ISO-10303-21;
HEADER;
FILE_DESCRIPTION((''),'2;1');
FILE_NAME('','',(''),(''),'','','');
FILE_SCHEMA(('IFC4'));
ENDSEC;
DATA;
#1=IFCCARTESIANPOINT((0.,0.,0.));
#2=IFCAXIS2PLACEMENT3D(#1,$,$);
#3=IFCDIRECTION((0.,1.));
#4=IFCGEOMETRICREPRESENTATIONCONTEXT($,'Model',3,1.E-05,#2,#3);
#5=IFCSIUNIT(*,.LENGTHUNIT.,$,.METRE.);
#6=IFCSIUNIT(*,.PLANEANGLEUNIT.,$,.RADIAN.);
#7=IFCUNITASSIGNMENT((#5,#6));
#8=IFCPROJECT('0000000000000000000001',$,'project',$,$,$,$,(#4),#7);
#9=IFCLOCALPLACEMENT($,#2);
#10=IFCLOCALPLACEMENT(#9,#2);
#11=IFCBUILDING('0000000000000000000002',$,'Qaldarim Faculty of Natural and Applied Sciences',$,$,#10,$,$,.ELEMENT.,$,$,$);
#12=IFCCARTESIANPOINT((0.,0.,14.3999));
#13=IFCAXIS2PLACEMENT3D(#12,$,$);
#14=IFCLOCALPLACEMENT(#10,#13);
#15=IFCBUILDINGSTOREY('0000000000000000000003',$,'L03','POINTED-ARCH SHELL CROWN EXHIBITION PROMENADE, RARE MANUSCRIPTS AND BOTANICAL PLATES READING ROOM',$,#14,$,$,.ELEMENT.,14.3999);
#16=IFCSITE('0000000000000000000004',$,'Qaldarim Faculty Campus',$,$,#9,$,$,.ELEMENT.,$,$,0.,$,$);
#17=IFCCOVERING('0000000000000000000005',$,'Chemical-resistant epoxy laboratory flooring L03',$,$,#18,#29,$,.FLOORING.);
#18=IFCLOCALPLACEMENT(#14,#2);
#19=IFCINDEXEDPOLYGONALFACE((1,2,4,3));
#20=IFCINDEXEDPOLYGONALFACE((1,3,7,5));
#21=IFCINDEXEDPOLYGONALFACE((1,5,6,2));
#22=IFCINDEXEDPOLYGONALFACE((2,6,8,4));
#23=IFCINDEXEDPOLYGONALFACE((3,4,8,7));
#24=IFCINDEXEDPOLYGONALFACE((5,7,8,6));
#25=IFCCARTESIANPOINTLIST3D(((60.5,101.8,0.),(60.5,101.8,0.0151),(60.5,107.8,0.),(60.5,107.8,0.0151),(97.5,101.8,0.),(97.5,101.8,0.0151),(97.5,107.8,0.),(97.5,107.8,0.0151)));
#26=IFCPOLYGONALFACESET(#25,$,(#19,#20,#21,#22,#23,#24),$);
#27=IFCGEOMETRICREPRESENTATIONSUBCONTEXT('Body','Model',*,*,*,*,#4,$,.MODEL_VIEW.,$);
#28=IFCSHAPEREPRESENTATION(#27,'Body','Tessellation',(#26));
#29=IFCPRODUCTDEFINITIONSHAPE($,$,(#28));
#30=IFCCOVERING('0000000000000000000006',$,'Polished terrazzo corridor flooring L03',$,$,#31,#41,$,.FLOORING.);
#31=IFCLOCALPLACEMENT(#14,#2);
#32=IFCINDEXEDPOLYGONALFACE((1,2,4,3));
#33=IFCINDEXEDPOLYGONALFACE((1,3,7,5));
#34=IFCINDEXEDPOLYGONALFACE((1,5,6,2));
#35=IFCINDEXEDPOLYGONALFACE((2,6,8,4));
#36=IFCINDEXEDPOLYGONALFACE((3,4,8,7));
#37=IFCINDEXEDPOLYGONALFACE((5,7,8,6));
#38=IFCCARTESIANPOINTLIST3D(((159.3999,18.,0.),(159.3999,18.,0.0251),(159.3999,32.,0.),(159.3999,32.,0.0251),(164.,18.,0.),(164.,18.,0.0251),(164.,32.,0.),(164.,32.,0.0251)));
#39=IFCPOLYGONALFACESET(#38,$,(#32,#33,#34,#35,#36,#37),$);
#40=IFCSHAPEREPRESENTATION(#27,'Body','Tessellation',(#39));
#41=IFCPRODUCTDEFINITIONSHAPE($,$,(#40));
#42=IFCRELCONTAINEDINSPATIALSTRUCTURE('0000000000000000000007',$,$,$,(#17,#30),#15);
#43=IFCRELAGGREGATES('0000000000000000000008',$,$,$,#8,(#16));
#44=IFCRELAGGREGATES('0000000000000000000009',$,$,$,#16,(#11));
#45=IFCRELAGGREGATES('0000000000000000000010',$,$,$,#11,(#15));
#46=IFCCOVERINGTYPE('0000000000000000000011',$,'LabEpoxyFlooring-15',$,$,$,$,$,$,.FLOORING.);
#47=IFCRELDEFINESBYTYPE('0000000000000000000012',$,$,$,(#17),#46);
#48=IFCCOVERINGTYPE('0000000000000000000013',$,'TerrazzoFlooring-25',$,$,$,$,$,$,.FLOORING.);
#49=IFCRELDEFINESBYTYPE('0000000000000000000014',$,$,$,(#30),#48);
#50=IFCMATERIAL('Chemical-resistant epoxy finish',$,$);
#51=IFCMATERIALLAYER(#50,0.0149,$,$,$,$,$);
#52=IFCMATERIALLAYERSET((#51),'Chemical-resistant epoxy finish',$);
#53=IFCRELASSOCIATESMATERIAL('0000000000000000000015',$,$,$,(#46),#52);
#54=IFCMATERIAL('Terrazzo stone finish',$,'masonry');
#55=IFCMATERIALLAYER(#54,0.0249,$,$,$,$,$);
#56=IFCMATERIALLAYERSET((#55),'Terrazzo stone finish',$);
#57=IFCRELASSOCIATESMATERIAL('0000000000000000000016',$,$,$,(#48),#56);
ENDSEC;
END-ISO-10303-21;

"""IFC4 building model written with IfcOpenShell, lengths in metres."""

from ifc_helpers import new_model, si_unit, direction, frame, origin, place, context, subcontext, project, spatial, polyline, outline, extrude, material, layer, layer_set, type_object, element, save


model = new_model("IFC4")

# Units and contexts
model_context = context("Model", 3, precision=1e-05, world=origin(), true_north=direction((0.0, 1.0)))
body_context = subcontext(model_context, "Body", "Model", "MODEL_VIEW")
ifc_project = project(units=[si_unit("LENGTHUNIT", "METRE"), si_unit("PLANEANGLEUNIT", "RADIAN")], contexts=[model_context])

# Site, building, storey
site_placement = place(None, origin())
site = spatial("IfcSite", under=ifc_project, at=site_placement, Name="Qaldarim Faculty Campus", CompositionType="ELEMENT", RefElevation=0.0)
building_placement = place(site_placement, origin())
building = spatial("IfcBuilding", under=site, at=building_placement, Name="Qaldarim Faculty of Natural and Applied Sciences", CompositionType="ELEMENT")
storey_placement = place(building_placement, frame((0.0, 0.0, 14.3999)))
storey = spatial("IfcBuildingStorey", under=building, at=storey_placement, Name="L03", Description="POINTED-ARCH SHELL CROWN EXHIBITION PROMENADE, RARE MANUSCRIPTS AND BOTANICAL PLATES READING ROOM", CompositionType="ELEMENT", Elevation=14.3999)

# Coverings
ifc_material_1 = material(Name="Chemical-resistant epoxy finish")
ifc_layer_1 = layer(ifc_material_1, 0.0149)
ifc_layer_set_1 = layer_set([ifc_layer_1], Name="Chemical-resistant epoxy finish")
covering_type_1 = type_object("IfcCoveringType", Name="LabEpoxyFlooring-15", PredefinedType="FLOORING", material=ifc_layer_set_1)
covering_1_placement = place(storey_placement, origin())
element("IfcCovering", 1, at=covering_1_placement, inside=storey, type_object=covering_type_1, Name="Chemical-resistant epoxy laboratory flooring L03", PredefinedType="FLOORING", context=body_context, shape_type="SweptSolid", body=[
    extrude(outline(polyline([(60.5, 101.8), (97.5, 101.8), (97.5, 107.8), (60.5, 107.8), (60.5, 101.8)])), origin(), (0.0, 0.0, 1.0), 0.0151),
])
ifc_material_2 = material(Name="Terrazzo stone finish", Category="masonry")
ifc_layer_2 = layer(ifc_material_2, 0.0249)
ifc_layer_set_2 = layer_set([ifc_layer_2], Name="Terrazzo stone finish")
covering_type_2 = type_object("IfcCoveringType", Name="TerrazzoFlooring-25", PredefinedType="FLOORING", material=ifc_layer_set_2)
covering_2_placement = place(storey_placement, origin())
element("IfcCovering", 2, at=covering_2_placement, inside=storey, type_object=covering_type_2, Name="Polished terrazzo corridor flooring L03", PredefinedType="FLOORING", context=body_context, shape_type="SweptSolid", body=[
    extrude(outline(polyline([(159.3999, 18.0), (164.0, 18.0), (164.0, 32.0), (159.3999, 32.0), (159.3999, 18.0)])), origin(), (0.0, 0.0, 1.0), 0.0251),
])

save(model, "model.ifc")
